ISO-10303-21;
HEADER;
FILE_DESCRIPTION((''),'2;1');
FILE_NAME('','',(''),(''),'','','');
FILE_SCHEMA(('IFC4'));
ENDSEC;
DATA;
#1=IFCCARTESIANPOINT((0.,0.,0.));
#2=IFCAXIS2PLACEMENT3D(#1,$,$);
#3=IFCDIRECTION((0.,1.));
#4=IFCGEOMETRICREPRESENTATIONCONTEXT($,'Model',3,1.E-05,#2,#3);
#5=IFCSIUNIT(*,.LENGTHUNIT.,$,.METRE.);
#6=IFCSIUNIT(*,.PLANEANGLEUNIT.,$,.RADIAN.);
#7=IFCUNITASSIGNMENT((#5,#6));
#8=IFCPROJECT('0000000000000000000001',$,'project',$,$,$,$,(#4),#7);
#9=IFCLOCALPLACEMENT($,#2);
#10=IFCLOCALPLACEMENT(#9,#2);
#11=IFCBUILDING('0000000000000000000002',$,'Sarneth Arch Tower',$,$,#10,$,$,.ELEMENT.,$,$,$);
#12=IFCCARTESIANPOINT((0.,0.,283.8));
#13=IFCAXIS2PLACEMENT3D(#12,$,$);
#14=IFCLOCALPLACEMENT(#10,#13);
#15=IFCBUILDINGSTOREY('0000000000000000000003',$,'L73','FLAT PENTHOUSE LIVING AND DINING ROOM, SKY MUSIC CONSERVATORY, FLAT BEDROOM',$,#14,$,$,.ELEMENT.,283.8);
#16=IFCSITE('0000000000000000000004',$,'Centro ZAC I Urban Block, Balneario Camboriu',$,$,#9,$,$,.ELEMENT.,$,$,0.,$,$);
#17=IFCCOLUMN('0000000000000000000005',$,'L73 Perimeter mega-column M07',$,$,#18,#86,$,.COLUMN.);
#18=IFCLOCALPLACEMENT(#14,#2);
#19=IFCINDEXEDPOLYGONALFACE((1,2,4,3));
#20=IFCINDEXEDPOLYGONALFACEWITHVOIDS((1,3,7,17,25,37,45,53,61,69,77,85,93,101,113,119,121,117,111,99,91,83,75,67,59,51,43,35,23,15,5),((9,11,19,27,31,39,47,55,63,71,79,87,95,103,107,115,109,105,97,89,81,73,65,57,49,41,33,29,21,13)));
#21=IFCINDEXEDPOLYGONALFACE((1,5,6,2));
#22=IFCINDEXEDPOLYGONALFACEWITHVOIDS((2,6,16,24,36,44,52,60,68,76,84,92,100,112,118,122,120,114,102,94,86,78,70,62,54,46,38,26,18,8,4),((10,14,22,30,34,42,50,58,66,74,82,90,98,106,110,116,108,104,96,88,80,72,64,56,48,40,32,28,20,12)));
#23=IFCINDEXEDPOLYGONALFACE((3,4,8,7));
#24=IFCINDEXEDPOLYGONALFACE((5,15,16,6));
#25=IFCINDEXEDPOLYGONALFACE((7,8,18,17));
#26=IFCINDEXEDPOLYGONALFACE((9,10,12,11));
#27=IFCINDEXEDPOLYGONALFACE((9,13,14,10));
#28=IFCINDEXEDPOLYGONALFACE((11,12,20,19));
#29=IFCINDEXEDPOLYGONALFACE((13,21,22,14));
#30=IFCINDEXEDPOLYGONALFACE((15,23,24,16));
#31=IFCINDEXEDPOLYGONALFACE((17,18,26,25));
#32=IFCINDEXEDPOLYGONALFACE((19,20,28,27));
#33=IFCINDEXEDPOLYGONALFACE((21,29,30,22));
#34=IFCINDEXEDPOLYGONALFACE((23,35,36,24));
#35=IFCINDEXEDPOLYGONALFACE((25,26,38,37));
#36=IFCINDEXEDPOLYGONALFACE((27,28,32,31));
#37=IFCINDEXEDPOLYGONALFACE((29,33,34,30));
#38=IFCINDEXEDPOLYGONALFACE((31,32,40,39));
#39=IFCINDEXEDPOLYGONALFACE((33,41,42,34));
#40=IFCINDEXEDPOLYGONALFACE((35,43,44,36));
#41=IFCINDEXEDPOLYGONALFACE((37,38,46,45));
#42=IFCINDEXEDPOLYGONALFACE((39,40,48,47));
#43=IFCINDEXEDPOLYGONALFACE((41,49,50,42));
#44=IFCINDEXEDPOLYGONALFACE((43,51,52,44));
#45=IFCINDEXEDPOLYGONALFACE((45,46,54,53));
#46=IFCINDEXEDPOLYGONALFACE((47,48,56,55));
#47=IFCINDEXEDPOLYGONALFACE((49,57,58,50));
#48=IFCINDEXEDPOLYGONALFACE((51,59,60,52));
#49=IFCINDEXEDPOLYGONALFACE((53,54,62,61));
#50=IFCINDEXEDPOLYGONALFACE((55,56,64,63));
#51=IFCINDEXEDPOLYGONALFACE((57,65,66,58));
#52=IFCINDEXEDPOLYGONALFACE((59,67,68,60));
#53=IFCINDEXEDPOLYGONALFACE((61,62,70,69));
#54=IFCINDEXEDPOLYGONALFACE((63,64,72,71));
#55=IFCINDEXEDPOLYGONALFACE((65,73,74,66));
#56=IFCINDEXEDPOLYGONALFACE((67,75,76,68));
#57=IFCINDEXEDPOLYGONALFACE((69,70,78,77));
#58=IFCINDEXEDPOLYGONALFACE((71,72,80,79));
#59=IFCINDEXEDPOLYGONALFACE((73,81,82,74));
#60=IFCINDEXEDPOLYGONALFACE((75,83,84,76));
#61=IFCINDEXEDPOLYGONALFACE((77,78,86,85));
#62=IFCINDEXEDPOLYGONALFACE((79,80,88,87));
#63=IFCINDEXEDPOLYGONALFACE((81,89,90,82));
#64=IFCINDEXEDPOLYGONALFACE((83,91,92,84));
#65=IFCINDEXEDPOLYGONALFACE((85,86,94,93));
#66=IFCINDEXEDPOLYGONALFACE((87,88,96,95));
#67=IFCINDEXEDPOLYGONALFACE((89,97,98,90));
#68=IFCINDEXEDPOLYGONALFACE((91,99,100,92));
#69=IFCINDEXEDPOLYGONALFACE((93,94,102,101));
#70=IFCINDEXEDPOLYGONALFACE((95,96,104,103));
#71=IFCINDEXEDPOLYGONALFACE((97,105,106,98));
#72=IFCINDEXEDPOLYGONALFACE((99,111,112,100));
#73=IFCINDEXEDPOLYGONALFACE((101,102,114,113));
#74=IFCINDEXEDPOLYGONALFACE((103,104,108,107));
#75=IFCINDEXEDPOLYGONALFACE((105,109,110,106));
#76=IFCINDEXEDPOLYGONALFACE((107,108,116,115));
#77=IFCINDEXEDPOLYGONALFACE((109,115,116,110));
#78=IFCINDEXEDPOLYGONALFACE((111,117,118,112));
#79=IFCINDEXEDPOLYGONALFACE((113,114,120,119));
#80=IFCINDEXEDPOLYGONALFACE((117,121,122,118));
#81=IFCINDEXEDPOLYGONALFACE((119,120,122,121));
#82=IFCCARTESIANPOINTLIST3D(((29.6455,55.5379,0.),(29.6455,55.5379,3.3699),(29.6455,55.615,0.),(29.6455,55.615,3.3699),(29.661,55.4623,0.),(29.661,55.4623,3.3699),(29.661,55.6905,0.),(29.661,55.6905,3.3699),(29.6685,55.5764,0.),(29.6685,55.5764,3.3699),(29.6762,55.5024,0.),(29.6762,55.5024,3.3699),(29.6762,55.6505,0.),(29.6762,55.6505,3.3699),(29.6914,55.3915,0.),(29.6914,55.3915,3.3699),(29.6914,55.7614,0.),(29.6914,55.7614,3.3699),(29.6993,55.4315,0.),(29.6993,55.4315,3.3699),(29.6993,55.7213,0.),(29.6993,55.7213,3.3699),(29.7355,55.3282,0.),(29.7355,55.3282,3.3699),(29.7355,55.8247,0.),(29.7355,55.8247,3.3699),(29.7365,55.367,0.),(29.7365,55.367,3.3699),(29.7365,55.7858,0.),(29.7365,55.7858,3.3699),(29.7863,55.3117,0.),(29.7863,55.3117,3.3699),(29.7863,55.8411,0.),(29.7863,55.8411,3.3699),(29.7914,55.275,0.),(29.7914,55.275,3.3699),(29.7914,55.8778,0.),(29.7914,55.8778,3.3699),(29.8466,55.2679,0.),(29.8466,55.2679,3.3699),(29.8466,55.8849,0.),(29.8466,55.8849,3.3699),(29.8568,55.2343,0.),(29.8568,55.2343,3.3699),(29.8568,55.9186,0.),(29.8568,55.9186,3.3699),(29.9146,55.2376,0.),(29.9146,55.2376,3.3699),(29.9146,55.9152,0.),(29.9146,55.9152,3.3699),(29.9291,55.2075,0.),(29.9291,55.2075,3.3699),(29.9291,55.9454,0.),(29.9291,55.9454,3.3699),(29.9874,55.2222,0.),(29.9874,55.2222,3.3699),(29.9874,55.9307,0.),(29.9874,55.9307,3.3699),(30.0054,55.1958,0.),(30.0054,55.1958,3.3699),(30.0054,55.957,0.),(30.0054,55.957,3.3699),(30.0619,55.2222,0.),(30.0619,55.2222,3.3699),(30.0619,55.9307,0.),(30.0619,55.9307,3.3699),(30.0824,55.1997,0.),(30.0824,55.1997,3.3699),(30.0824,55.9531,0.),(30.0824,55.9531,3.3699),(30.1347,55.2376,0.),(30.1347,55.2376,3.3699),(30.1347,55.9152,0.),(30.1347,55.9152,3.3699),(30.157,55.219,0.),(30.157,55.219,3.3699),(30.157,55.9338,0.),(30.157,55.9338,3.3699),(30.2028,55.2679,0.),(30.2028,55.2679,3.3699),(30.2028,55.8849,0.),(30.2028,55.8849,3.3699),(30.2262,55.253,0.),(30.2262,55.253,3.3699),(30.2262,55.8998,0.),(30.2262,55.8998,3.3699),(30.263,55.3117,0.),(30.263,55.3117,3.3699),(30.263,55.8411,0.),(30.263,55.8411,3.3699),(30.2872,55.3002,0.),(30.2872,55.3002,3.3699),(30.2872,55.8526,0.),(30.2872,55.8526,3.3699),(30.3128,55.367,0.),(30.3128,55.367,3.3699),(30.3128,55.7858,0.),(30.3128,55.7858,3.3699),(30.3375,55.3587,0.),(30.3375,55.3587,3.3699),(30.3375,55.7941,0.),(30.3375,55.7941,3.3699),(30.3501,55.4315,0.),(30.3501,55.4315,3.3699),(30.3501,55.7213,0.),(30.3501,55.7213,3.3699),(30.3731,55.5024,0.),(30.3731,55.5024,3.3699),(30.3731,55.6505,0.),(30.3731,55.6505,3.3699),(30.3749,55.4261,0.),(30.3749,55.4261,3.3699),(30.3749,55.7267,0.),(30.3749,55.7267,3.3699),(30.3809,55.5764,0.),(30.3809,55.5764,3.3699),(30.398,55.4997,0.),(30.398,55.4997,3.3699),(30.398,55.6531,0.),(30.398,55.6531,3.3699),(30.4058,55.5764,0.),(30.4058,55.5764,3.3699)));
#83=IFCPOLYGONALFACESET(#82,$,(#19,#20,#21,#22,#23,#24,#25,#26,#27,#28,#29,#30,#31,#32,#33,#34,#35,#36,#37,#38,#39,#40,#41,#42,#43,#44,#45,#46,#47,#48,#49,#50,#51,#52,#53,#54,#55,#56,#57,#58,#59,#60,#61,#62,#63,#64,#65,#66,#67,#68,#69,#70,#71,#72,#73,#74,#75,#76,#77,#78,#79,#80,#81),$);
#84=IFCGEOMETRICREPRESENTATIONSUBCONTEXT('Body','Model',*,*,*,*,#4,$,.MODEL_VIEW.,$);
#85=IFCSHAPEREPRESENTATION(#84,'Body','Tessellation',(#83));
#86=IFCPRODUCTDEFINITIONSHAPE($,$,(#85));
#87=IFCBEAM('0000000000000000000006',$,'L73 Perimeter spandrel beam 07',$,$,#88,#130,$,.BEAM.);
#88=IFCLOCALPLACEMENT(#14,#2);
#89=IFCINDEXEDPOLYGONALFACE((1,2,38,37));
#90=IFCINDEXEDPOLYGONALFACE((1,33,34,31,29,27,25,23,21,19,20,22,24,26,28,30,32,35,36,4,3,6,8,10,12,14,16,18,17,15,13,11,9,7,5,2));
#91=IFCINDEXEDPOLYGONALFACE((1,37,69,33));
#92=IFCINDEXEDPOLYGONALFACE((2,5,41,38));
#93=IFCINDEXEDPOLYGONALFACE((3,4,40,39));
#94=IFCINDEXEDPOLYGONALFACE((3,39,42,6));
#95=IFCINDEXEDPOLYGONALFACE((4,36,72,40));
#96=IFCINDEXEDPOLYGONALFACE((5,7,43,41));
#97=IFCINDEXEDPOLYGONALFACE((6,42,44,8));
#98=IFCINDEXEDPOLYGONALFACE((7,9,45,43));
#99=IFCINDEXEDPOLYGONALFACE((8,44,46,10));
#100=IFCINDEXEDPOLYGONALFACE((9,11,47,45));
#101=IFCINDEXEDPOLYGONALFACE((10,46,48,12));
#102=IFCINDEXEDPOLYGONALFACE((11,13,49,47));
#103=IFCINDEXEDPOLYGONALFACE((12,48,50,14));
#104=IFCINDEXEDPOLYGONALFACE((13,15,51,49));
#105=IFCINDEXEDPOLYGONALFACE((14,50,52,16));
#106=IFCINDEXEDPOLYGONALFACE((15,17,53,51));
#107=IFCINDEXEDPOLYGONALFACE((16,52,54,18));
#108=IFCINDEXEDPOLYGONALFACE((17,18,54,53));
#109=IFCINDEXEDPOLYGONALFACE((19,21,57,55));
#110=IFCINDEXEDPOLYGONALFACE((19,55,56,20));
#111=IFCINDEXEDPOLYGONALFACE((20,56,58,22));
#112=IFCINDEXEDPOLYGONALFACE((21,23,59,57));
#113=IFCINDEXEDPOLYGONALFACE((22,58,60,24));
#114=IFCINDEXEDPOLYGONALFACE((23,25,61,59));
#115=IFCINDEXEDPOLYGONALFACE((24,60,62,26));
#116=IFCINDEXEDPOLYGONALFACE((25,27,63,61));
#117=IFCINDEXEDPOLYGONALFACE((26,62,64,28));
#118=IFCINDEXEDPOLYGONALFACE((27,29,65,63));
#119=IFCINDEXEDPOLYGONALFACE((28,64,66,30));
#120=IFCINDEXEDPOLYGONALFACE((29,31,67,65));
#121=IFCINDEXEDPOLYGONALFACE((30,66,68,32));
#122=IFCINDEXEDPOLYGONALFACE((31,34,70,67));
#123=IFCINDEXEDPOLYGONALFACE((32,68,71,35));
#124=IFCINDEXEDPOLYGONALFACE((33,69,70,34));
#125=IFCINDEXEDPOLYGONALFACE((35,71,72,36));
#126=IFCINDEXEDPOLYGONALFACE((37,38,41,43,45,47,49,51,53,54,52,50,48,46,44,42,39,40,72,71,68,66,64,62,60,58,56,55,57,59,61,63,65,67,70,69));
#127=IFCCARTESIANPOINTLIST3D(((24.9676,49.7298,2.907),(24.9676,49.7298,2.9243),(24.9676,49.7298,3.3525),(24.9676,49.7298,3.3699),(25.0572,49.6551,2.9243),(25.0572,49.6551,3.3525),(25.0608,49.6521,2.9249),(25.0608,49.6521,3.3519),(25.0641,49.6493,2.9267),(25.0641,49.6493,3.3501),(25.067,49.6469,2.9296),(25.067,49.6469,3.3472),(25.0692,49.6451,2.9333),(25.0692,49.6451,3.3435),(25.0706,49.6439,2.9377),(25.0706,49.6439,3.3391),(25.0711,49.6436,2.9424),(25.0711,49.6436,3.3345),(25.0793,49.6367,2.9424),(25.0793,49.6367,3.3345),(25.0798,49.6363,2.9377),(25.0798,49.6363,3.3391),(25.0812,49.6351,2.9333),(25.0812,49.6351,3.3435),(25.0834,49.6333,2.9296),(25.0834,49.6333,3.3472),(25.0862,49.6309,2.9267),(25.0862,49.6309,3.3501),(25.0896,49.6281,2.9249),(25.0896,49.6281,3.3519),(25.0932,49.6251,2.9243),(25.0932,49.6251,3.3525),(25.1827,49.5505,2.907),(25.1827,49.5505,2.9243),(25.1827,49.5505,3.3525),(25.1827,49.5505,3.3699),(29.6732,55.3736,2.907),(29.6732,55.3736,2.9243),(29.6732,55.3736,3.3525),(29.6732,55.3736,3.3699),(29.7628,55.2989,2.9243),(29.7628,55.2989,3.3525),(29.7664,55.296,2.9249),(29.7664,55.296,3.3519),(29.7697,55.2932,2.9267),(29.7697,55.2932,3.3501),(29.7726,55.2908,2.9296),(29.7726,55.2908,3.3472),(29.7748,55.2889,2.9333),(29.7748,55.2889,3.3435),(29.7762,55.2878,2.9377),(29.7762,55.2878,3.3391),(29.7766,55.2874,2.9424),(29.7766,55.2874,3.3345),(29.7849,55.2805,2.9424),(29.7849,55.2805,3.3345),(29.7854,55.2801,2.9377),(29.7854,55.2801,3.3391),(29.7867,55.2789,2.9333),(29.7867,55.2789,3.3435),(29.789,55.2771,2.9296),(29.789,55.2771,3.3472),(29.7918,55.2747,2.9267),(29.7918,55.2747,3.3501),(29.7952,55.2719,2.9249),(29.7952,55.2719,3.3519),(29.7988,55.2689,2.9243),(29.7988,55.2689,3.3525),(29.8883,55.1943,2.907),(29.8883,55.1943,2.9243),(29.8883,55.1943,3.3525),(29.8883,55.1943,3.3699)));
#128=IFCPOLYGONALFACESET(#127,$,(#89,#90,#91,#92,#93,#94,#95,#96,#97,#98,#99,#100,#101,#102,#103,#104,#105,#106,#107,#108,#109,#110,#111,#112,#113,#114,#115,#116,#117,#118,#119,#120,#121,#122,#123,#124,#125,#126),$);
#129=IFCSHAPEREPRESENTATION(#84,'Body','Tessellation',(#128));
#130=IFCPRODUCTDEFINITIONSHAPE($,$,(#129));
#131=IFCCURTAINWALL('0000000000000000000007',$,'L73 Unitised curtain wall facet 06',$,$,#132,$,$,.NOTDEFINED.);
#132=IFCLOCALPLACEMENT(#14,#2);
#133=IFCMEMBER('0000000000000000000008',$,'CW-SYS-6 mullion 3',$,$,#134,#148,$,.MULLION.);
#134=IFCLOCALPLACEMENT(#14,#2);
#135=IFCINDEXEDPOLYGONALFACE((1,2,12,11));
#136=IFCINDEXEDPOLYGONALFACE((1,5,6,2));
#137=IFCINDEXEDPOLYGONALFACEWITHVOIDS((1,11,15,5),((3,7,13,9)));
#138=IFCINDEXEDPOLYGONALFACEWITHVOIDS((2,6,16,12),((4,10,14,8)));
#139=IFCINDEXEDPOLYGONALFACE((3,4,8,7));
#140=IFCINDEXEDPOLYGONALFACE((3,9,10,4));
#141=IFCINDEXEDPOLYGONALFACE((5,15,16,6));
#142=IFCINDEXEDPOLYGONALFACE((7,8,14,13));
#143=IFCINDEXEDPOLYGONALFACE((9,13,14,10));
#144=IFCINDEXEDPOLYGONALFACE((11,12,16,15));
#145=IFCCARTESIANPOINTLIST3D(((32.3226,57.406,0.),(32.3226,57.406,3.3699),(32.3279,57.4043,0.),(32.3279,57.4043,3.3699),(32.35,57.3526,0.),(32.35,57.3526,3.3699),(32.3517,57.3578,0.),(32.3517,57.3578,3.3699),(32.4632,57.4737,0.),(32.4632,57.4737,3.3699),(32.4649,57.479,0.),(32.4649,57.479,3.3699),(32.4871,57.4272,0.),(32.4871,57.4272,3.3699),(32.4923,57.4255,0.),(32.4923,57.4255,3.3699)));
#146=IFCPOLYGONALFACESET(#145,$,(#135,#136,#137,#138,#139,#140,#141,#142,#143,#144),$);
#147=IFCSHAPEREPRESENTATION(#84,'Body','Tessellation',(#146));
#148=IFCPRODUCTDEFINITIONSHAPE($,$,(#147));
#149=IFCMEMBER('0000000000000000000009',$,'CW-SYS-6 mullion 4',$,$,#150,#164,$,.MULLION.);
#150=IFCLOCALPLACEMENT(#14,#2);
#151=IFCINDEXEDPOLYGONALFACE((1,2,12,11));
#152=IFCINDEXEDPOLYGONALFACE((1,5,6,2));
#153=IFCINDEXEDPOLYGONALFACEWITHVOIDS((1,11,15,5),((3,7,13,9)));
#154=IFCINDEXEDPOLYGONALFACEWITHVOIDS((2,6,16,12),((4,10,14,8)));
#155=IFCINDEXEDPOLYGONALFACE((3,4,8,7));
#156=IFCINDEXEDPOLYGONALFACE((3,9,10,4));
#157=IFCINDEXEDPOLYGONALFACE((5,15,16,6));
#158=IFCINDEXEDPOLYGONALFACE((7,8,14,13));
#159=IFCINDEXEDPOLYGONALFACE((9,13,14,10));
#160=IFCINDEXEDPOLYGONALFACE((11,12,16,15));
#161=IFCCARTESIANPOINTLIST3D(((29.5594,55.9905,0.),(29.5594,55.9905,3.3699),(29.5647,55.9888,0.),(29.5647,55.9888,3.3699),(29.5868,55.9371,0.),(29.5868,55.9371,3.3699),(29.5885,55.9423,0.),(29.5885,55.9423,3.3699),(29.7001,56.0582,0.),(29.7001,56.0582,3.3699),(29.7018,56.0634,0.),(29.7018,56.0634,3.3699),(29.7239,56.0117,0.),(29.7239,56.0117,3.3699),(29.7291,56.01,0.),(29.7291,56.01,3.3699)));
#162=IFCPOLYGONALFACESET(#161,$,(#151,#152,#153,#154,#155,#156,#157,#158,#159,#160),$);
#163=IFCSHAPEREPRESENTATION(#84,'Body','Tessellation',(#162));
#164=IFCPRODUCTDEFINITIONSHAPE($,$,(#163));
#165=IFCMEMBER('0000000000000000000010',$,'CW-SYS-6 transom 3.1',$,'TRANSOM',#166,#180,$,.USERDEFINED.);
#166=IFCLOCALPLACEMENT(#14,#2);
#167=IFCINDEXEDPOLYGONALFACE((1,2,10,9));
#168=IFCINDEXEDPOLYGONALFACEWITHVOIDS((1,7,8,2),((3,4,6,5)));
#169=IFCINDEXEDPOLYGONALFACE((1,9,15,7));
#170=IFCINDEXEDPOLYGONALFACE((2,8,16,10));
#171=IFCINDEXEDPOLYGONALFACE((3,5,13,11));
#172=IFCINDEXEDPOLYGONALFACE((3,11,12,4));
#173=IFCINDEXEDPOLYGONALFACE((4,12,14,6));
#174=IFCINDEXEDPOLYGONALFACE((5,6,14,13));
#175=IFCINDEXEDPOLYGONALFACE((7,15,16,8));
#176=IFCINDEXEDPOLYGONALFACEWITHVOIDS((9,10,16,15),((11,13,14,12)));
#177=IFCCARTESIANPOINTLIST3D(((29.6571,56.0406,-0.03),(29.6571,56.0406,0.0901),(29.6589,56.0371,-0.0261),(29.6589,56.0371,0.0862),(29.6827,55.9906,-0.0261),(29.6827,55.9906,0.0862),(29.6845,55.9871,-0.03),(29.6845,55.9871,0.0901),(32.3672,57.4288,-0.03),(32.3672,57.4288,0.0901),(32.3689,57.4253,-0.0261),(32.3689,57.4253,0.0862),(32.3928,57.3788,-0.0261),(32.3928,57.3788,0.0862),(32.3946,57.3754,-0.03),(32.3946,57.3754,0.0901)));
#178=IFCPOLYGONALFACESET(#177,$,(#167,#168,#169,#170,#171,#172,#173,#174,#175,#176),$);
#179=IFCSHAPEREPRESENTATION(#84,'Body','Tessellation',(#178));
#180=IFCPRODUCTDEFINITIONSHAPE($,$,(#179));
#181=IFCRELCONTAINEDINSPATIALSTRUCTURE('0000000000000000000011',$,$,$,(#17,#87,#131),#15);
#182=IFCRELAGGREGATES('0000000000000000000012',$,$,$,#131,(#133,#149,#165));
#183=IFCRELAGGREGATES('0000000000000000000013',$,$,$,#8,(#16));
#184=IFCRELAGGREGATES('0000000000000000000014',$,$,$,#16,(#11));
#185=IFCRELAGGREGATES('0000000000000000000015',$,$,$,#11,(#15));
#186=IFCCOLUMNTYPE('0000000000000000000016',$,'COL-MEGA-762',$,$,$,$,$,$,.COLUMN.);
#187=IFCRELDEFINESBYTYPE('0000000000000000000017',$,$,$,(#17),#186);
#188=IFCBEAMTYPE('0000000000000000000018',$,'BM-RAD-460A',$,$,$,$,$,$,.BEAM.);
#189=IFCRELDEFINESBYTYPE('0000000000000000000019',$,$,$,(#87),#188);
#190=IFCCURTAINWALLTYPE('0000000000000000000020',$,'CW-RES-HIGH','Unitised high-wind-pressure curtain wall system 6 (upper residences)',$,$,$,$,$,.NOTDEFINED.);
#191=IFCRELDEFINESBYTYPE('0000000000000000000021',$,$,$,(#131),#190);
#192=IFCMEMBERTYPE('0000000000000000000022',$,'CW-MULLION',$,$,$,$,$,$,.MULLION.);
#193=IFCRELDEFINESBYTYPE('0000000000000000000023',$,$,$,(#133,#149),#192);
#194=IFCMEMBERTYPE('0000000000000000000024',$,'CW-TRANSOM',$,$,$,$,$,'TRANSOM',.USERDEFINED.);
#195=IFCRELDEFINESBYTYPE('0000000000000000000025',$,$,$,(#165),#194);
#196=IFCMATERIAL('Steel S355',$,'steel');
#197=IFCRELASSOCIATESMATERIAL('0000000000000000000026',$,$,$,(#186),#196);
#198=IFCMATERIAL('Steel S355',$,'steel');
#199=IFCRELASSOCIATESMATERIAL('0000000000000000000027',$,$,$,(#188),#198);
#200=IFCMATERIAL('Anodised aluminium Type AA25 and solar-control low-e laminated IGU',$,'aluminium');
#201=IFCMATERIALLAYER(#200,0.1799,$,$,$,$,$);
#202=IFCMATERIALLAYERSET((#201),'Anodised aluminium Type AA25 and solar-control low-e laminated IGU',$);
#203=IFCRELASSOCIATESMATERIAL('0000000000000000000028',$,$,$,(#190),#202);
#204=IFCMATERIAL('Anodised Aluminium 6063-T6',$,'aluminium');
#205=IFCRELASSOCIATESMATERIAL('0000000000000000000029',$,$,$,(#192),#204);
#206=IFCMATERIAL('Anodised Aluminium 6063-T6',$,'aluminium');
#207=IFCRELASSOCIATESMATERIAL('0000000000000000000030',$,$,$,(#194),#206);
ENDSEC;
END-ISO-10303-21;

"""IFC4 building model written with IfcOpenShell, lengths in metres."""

from ifc_helpers import new_model, si_unit, direction, frame, origin, origin_2d, place, context, subcontext, project, spatial, hollow_rectangle, hollow_circle, i_section, extrude, material, layer, layer_set, material_profile, profile_set, type_object, element, aggregate, save


model = new_model("IFC4")

# Units and contexts
model_context = context("Model", 3, precision=1e-05, world=origin(), true_north=direction((0.0, 1.0)))
body_context = subcontext(model_context, "Body", "Model", "MODEL_VIEW")
ifc_project = project(units=[si_unit("LENGTHUNIT", "METRE"), si_unit("PLANEANGLEUNIT", "RADIAN")], contexts=[model_context])

# Site, building, storey
site_placement = place(None, origin())
site = spatial("IfcSite", under=ifc_project, at=site_placement, Name="Centro ZAC I Urban Block, Balneario Camboriu", CompositionType="ELEMENT", RefElevation=0.0)
building_placement = place(site_placement, origin())
building = spatial("IfcBuilding", under=site, at=building_placement, Name="Sarneth Arch Tower", CompositionType="ELEMENT")
storey_placement = place(building_placement, frame((0.0, 0.0, 283.8)))
storey = spatial("IfcBuildingStorey", under=building, at=storey_placement, Name="L73", Description="FLAT PENTHOUSE LIVING AND DINING ROOM, SKY MUSIC CONSERVATORY, FLAT BEDROOM", CompositionType="ELEMENT", Elevation=283.8)

# Column
ifc_material_1 = material(Name="Steel S355", Category="steel")
ifc_material_profile_1 = material_profile(ifc_material_1, hollow_circle(Radius=0.3811, WallThickness=0.0249, at=origin_2d()), Name="CHS762x25")
ifc_profile_set_1 = profile_set([ifc_material_profile_1], Name="Steel S355")
column_type = type_object("IfcColumnType", Name="COL-MEGA-762", PredefinedType="COLUMN", material=ifc_profile_set_1)
column_placement = place(storey_placement, frame((30.0247, 55.5764, 0.0), z_axis=(0.0, 0.0, 1.0), x_axis=(1.0, 0.0, 0.0)))
element("IfcColumn", 1, at=column_placement, inside=storey, type_object=column_type, Name="L73 Perimeter mega-column M07", PredefinedType="COLUMN", context=body_context, shape_type="SweptSolid", body=[
    extrude(hollow_circle(Radius=0.3811, WallThickness=0.0249, at=origin_2d()), origin(), (0.0, 0.0, 1.0), 3.3699),
])

# Beam
ifc_material_2 = material(Name="Steel S355", Category="steel")
ifc_material_profile_2 = material_profile(ifc_material_2, i_section(OverallWidth=0.28, OverallDepth=0.4629, WebThickness=0.0107, FlangeThickness=0.0173, FilletRadius=0.0181, at=origin_2d()), Name="W460x113")
ifc_profile_set_2 = profile_set([ifc_material_profile_2], Name="Steel S355")
beam_type = type_object("IfcBeamType", Name="BM-RAD-460A", PredefinedType="BEAM", material=ifc_profile_set_2)
beam_placement = place(storey_placement, frame((29.7808, 55.2839, 3.1384), z_axis=(-0.640377, -0.768061, 0.0), x_axis=(0.768061, -0.640377, 0.0)))
element("IfcBeam", 2, at=beam_placement, inside=storey, type_object=beam_type, Name="L73 Perimeter spandrel beam 07", PredefinedType="BEAM", context=body_context, shape_type="SweptSolid", body=[
    extrude(i_section(OverallWidth=0.28, OverallDepth=0.4629, WebThickness=0.0107, FlangeThickness=0.0173, FilletRadius=0.0181, at=origin_2d()), origin(), (0.0, 0.0, 1.0), 7.3481),
])

# Curtain wall, members
ifc_material_3 = material(Name="Anodised aluminium Type AA25 and solar-control low-e laminated IGU", Category="aluminium")
ifc_layer_1 = layer(ifc_material_3, 0.1799)
ifc_layer_set_1 = layer_set([ifc_layer_1], Name="Anodised aluminium Type AA25 and solar-control low-e laminated IGU")
curtain_wall_type = type_object("IfcCurtainWallType", Name="CW-RES-HIGH", Description="Unitised high-wind-pressure curtain wall system 6 (upper residences)", PredefinedType="NOTDEFINED", material=ifc_layer_set_1)
curtain_wall_placement = place(storey_placement, origin())
curtain_wall = element("IfcCurtainWall", 3, at=curtain_wall_placement, inside=storey, type_object=curtain_wall_type, Name="L73 Unitised curtain wall facet 06", PredefinedType="NOTDEFINED")
ifc_material_4 = material(Name="Anodised Aluminium 6063-T6", Category="aluminium")
ifc_material_profile_3 = material_profile(ifc_material_4, hollow_rectangle(XDim=0.0601, YDim=0.1599, WallThickness=0.0039, at=origin_2d()), Name="AL-MULL-160x60x4")
ifc_profile_set_3 = profile_set([ifc_material_profile_3], Name="Anodised Aluminium 6063-T6")
member_type_1 = type_object("IfcMemberType", Name="CW-MULLION", PredefinedType="MULLION", material=ifc_profile_set_3)
member_1_placement = place(storey_placement, frame((32.4075, 57.4158, 0.0), z_axis=(0.0, 0.0, 1.0), x_axis=(0.455942, -0.89001, 0.0)))
member_1 = element("IfcMember", 4, at=member_1_placement, type_object=member_type_1, Name="CW-SYS-6 mullion 3", PredefinedType="MULLION", context=body_context, shape_type="SweptSolid", body=[
    extrude(hollow_rectangle(XDim=0.0601, YDim=0.1599, WallThickness=0.0039, at=origin_2d()), origin(), (0.0, 0.0, 1.0), 3.3699),
])
member_2_placement = place(storey_placement, frame((29.6443, 56.0002, 0.0), z_axis=(0.0, 0.0, 1.0), x_axis=(0.455942, -0.89001, 0.0)))
member_2 = element("IfcMember", 5, at=member_2_placement, type_object=member_type_1, Name="CW-SYS-6 mullion 4", PredefinedType="MULLION", context=body_context, shape_type="SweptSolid", body=[
    extrude(hollow_rectangle(XDim=0.0601, YDim=0.1599, WallThickness=0.0039, at=origin_2d()), origin(), (0.0, 0.0, 1.0), 3.3699),
])
ifc_material_5 = material(Name="Anodised Aluminium 6063-T6", Category="aluminium")
ifc_material_profile_4 = material_profile(ifc_material_5, hollow_rectangle(XDim=0.0601, YDim=0.1201, WallThickness=0.0039, at=origin_2d()), Name="AL-TRAN-120x60x4")
ifc_profile_set_4 = profile_set([ifc_material_profile_4], Name="Anodised Aluminium 6063-T6")
member_type_2 = type_object("IfcMemberType", Name="CW-TRANSOM", ElementType="TRANSOM", PredefinedType="USERDEFINED", material=ifc_profile_set_4)
member_3_placement = place(storey_placement, frame((32.3809, 57.4021, 0.03), z_axis=(-0.890023, -0.455916, 0.0), x_axis=(0.455916, -0.890023, 0.0)))
member_3 = element("IfcMember", 6, at=member_3_placement, type_object=member_type_2, Name="CW-SYS-6 transom 3.1", ObjectType="TRANSOM", PredefinedType="USERDEFINED", context=body_context, shape_type="SweptSolid", body=[
    extrude(hollow_rectangle(XDim=0.0601, YDim=0.1201, WallThickness=0.0039, at=origin_2d()), origin(), (0.0, 0.0, 1.0), 3.0449),
])

aggregate(curtain_wall, [member_1, member_2, member_3])

save(model, "model.ifc")
